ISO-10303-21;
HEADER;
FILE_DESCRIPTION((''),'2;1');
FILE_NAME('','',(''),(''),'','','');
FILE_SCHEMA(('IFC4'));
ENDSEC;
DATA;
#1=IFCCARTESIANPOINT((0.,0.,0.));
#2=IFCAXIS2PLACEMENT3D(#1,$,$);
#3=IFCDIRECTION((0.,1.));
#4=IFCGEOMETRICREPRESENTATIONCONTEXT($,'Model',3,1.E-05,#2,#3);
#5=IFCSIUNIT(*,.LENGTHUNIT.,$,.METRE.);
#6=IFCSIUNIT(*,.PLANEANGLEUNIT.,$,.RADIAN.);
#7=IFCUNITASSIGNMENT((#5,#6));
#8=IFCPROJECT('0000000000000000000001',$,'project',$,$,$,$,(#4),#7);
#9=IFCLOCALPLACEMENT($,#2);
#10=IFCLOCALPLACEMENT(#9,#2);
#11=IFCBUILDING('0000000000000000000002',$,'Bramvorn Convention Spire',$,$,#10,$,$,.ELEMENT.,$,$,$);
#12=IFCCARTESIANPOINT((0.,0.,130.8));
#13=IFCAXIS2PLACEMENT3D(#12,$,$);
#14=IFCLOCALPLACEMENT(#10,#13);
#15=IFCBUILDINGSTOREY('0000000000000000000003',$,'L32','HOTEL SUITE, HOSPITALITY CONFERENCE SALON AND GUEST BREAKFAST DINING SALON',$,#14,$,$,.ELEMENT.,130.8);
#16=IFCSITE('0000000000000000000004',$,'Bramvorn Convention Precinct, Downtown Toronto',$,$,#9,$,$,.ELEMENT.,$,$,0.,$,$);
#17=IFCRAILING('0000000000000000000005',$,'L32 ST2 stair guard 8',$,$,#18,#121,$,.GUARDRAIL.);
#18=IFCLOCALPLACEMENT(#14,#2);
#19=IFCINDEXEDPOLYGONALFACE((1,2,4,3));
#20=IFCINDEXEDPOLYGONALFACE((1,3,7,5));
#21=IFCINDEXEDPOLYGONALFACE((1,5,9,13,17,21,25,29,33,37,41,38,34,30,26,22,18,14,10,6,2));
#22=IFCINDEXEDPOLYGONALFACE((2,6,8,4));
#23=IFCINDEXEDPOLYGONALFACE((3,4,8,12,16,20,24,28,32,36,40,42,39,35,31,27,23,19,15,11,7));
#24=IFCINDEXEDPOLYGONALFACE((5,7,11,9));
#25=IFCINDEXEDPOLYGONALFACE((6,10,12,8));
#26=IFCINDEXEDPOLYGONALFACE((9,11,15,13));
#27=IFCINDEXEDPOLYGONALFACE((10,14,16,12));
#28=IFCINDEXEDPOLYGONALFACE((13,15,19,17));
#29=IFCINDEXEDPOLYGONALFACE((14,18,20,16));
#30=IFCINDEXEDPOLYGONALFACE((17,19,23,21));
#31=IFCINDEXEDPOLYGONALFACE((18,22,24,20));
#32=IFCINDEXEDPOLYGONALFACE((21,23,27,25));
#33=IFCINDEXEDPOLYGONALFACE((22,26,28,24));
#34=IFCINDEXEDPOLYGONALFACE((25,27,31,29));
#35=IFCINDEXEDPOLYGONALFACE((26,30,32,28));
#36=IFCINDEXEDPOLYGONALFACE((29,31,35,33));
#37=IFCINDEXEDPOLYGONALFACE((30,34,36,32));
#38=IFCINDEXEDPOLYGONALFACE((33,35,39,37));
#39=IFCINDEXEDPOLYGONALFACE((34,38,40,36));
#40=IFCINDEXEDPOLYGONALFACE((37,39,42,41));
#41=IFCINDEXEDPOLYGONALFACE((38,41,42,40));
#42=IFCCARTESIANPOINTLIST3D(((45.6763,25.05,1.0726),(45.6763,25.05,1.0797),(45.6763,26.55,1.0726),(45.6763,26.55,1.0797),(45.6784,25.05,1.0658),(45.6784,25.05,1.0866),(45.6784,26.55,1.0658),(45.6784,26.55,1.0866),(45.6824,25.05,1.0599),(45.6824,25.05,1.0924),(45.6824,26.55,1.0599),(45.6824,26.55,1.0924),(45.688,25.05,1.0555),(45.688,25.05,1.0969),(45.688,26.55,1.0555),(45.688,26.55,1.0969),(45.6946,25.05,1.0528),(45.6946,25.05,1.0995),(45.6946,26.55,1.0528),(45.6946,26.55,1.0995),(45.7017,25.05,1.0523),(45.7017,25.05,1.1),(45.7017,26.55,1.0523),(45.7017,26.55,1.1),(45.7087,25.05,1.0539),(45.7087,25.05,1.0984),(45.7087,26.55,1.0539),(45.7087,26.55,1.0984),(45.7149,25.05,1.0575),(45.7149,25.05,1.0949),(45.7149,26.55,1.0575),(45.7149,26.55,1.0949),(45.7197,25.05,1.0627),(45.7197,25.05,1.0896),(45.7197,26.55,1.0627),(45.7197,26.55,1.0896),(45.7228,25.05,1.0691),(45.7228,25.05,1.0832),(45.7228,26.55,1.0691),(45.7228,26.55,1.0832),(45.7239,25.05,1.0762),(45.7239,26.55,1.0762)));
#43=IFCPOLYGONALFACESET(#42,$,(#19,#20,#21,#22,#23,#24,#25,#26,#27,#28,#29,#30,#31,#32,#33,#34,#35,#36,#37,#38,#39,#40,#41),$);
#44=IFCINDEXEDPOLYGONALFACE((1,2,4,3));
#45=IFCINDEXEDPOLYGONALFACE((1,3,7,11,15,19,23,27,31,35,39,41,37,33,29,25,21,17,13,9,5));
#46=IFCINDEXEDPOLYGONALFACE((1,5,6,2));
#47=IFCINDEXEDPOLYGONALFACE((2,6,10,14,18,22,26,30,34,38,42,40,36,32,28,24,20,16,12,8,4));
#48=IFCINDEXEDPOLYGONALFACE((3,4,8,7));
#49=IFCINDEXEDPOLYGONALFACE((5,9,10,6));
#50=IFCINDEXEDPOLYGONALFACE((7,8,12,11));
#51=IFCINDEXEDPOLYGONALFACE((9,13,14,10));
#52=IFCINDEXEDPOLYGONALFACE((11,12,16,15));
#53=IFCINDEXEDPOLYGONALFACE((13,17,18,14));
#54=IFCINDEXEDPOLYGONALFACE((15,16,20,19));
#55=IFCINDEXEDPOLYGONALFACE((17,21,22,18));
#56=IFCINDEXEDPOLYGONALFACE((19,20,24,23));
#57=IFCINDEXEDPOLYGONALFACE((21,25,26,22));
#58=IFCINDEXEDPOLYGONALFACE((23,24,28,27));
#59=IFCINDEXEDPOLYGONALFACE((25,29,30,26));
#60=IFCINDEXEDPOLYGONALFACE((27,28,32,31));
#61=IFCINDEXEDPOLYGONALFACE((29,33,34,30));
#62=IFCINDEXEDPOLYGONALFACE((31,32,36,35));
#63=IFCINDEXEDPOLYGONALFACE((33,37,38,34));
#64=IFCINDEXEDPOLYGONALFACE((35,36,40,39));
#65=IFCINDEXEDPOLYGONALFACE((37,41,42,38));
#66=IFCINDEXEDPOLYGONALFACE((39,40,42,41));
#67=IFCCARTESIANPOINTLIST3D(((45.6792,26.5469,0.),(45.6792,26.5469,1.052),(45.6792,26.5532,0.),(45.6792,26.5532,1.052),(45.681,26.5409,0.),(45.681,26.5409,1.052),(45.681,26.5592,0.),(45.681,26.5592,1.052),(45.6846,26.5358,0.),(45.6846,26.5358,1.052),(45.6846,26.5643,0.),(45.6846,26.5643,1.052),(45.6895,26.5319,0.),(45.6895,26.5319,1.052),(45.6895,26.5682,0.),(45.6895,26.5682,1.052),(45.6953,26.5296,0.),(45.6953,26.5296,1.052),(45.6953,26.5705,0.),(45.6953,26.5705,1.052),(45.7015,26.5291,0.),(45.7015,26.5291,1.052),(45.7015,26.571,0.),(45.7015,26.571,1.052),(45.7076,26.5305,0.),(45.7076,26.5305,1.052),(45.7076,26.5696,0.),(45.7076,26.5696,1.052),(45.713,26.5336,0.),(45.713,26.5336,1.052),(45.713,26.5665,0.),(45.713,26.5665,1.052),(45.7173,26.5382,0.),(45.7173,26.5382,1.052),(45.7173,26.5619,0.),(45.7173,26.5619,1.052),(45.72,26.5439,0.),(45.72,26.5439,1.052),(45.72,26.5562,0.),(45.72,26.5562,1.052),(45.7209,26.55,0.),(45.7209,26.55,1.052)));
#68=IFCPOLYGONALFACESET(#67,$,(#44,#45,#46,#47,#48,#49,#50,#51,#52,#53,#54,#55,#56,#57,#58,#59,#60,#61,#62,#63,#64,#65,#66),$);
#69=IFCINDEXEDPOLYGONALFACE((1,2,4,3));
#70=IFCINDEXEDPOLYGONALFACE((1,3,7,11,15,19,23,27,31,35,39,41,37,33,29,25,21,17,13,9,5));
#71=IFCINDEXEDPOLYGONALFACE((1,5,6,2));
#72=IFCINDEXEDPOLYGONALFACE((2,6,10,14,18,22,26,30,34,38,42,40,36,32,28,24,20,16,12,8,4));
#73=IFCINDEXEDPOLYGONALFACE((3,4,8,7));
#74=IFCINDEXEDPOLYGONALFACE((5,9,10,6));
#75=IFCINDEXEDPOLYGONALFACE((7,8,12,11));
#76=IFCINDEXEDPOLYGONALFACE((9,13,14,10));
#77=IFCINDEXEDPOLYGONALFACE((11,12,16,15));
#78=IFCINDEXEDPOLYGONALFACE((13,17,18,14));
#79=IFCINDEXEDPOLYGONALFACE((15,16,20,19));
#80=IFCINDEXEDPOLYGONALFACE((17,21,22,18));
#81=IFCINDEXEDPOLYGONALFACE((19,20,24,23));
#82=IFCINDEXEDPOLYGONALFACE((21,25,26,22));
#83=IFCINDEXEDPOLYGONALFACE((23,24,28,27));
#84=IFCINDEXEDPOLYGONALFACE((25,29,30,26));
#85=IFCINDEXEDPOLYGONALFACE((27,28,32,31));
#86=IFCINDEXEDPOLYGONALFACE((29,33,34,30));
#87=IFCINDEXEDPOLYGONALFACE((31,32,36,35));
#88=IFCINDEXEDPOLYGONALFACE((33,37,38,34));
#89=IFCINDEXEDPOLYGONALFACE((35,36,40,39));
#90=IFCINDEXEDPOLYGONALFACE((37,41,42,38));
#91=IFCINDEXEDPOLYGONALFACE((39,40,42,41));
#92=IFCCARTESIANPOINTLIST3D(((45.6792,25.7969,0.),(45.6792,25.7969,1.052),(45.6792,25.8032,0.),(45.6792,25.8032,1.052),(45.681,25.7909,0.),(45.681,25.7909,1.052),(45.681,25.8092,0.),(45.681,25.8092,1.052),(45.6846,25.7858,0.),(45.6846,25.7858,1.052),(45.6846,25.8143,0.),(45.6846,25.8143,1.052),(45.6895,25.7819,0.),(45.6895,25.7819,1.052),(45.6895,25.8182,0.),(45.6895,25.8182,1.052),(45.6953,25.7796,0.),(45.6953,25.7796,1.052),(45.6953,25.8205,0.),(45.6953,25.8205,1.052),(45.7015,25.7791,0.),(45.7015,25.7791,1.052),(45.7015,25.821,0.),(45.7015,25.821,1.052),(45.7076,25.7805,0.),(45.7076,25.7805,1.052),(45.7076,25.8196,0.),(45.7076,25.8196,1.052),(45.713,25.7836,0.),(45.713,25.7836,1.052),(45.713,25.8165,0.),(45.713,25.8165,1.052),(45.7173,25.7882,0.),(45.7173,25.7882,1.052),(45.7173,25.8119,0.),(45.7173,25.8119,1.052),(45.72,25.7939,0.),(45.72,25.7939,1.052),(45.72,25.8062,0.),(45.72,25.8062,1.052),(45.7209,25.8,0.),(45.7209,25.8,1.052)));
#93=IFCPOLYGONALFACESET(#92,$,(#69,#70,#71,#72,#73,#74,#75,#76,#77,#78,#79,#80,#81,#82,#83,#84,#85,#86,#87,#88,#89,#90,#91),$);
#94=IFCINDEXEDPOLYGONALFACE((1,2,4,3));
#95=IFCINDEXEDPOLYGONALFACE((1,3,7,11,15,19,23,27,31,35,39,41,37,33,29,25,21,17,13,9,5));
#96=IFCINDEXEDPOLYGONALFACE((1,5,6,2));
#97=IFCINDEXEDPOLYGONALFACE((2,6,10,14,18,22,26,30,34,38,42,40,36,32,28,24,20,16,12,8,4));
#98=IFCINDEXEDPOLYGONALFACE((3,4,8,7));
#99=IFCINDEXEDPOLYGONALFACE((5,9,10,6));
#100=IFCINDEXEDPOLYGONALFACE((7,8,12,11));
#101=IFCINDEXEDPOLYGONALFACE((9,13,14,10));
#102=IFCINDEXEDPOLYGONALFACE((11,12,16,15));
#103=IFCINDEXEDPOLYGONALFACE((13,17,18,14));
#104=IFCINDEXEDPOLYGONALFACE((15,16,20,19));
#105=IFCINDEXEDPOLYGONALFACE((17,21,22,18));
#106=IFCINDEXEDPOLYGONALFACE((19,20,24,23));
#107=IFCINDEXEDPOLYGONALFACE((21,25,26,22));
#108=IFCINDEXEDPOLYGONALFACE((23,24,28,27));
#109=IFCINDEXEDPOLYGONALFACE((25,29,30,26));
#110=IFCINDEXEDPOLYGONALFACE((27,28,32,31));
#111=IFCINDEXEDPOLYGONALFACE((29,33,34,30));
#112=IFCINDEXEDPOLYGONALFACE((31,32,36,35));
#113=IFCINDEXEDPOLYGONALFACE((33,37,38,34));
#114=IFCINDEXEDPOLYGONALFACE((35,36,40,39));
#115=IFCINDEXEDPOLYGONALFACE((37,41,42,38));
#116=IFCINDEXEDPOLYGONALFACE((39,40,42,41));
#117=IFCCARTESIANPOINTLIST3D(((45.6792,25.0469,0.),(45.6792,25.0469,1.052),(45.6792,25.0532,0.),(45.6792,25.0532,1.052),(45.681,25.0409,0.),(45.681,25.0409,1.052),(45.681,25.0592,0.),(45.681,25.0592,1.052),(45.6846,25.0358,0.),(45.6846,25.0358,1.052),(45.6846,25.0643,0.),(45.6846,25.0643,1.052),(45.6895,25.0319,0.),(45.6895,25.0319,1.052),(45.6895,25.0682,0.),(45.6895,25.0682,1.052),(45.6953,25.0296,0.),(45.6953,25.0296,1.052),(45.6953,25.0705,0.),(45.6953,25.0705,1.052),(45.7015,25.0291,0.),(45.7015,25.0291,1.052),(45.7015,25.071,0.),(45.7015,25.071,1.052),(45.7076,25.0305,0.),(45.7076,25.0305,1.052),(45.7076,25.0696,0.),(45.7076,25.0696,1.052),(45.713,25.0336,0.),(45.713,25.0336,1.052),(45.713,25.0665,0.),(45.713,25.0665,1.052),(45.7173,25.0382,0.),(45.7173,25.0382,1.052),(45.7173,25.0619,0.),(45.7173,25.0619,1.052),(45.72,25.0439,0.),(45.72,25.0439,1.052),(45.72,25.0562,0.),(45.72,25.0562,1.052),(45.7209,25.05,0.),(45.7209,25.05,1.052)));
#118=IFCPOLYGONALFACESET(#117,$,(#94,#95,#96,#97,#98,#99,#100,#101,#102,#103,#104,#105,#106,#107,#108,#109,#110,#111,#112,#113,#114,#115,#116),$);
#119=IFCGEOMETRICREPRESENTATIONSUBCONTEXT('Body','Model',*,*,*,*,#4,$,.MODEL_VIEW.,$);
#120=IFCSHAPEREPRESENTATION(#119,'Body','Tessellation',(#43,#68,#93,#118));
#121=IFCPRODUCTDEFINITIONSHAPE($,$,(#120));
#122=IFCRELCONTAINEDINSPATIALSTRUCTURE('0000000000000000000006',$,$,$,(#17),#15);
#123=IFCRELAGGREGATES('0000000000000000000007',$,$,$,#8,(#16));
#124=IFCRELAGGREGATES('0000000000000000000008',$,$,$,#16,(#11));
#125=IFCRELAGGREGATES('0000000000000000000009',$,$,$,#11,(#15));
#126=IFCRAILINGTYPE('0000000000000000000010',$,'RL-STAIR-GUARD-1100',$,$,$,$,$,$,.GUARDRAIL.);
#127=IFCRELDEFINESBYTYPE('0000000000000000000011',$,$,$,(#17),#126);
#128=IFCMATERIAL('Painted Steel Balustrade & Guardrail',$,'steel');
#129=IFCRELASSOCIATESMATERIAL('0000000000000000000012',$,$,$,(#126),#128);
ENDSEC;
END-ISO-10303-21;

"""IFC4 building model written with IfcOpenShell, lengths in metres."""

from ifc_helpers import new_model, si_unit, direction, frame, origin, origin_2d, place, context, subcontext, project, spatial, circle, extrude, material, type_object, element, save


model = new_model("IFC4")

# Units and contexts
model_context = context("Model", 3, precision=1e-05, world=origin(), true_north=direction((0.0, 1.0)))
body_context = subcontext(model_context, "Body", "Model", "MODEL_VIEW")
ifc_project = project(units=[si_unit("LENGTHUNIT", "METRE"), si_unit("PLANEANGLEUNIT", "RADIAN")], contexts=[model_context])

# Site, building, storey
site_placement = place(None, origin())
site = spatial("IfcSite", under=ifc_project, at=site_placement, Name="Bramvorn Convention Precinct, Downtown Toronto", CompositionType="ELEMENT", RefElevation=0.0)
building_placement = place(site_placement, origin())
building = spatial("IfcBuilding", under=site, at=building_placement, Name="Bramvorn Convention Spire", CompositionType="ELEMENT")
storey_placement = place(building_placement, frame((0.0, 0.0, 130.8)))
storey = spatial("IfcBuildingStorey", under=building, at=storey_placement, Name="L32", Description="HOTEL SUITE, HOSPITALITY CONFERENCE SALON AND GUEST BREAKFAST DINING SALON", CompositionType="ELEMENT", Elevation=130.8)

# Railing
ifc_material_1 = material(Name="Painted Steel Balustrade & Guardrail", Category="steel")
railing_type_1 = type_object("IfcRailingType", Name="RL-STAIR-GUARD-1100", PredefinedType="GUARDRAIL", material=ifc_material_1)
railing_1_placement = place(storey_placement, frame((45.7, 26.55, 0.0)))
element("IfcRailing", 1, at=railing_1_placement, inside=storey, type_object=railing_type_1, Name="L32 ST2 stair guard 8", PredefinedType="GUARDRAIL", context=body_context, shape_type="SweptSolid", body=[
    extrude(circle(Radius=0.0239, at=origin_2d()), frame((0.0, 0.0, 1.0762), z_axis=(0.0, -1.0, 0.0), x_axis=(1.0, 0.0, 0.0)), (0.0, 0.0, 1.0), 1.5),
    extrude(circle(Radius=0.021, at=origin_2d()), origin(), (0.0, 0.0, 1.0), 1.052),
    extrude(circle(Radius=0.021, at=origin_2d()), frame((0.0, -0.75, 0.0)), (0.0, 0.0, 1.0), 1.052),
    extrude(circle(Radius=0.021, at=origin_2d()), frame((0.0, -1.5, 0.0)), (0.0, 0.0, 1.0), 1.052),
])

save(model, "model.ifc")
